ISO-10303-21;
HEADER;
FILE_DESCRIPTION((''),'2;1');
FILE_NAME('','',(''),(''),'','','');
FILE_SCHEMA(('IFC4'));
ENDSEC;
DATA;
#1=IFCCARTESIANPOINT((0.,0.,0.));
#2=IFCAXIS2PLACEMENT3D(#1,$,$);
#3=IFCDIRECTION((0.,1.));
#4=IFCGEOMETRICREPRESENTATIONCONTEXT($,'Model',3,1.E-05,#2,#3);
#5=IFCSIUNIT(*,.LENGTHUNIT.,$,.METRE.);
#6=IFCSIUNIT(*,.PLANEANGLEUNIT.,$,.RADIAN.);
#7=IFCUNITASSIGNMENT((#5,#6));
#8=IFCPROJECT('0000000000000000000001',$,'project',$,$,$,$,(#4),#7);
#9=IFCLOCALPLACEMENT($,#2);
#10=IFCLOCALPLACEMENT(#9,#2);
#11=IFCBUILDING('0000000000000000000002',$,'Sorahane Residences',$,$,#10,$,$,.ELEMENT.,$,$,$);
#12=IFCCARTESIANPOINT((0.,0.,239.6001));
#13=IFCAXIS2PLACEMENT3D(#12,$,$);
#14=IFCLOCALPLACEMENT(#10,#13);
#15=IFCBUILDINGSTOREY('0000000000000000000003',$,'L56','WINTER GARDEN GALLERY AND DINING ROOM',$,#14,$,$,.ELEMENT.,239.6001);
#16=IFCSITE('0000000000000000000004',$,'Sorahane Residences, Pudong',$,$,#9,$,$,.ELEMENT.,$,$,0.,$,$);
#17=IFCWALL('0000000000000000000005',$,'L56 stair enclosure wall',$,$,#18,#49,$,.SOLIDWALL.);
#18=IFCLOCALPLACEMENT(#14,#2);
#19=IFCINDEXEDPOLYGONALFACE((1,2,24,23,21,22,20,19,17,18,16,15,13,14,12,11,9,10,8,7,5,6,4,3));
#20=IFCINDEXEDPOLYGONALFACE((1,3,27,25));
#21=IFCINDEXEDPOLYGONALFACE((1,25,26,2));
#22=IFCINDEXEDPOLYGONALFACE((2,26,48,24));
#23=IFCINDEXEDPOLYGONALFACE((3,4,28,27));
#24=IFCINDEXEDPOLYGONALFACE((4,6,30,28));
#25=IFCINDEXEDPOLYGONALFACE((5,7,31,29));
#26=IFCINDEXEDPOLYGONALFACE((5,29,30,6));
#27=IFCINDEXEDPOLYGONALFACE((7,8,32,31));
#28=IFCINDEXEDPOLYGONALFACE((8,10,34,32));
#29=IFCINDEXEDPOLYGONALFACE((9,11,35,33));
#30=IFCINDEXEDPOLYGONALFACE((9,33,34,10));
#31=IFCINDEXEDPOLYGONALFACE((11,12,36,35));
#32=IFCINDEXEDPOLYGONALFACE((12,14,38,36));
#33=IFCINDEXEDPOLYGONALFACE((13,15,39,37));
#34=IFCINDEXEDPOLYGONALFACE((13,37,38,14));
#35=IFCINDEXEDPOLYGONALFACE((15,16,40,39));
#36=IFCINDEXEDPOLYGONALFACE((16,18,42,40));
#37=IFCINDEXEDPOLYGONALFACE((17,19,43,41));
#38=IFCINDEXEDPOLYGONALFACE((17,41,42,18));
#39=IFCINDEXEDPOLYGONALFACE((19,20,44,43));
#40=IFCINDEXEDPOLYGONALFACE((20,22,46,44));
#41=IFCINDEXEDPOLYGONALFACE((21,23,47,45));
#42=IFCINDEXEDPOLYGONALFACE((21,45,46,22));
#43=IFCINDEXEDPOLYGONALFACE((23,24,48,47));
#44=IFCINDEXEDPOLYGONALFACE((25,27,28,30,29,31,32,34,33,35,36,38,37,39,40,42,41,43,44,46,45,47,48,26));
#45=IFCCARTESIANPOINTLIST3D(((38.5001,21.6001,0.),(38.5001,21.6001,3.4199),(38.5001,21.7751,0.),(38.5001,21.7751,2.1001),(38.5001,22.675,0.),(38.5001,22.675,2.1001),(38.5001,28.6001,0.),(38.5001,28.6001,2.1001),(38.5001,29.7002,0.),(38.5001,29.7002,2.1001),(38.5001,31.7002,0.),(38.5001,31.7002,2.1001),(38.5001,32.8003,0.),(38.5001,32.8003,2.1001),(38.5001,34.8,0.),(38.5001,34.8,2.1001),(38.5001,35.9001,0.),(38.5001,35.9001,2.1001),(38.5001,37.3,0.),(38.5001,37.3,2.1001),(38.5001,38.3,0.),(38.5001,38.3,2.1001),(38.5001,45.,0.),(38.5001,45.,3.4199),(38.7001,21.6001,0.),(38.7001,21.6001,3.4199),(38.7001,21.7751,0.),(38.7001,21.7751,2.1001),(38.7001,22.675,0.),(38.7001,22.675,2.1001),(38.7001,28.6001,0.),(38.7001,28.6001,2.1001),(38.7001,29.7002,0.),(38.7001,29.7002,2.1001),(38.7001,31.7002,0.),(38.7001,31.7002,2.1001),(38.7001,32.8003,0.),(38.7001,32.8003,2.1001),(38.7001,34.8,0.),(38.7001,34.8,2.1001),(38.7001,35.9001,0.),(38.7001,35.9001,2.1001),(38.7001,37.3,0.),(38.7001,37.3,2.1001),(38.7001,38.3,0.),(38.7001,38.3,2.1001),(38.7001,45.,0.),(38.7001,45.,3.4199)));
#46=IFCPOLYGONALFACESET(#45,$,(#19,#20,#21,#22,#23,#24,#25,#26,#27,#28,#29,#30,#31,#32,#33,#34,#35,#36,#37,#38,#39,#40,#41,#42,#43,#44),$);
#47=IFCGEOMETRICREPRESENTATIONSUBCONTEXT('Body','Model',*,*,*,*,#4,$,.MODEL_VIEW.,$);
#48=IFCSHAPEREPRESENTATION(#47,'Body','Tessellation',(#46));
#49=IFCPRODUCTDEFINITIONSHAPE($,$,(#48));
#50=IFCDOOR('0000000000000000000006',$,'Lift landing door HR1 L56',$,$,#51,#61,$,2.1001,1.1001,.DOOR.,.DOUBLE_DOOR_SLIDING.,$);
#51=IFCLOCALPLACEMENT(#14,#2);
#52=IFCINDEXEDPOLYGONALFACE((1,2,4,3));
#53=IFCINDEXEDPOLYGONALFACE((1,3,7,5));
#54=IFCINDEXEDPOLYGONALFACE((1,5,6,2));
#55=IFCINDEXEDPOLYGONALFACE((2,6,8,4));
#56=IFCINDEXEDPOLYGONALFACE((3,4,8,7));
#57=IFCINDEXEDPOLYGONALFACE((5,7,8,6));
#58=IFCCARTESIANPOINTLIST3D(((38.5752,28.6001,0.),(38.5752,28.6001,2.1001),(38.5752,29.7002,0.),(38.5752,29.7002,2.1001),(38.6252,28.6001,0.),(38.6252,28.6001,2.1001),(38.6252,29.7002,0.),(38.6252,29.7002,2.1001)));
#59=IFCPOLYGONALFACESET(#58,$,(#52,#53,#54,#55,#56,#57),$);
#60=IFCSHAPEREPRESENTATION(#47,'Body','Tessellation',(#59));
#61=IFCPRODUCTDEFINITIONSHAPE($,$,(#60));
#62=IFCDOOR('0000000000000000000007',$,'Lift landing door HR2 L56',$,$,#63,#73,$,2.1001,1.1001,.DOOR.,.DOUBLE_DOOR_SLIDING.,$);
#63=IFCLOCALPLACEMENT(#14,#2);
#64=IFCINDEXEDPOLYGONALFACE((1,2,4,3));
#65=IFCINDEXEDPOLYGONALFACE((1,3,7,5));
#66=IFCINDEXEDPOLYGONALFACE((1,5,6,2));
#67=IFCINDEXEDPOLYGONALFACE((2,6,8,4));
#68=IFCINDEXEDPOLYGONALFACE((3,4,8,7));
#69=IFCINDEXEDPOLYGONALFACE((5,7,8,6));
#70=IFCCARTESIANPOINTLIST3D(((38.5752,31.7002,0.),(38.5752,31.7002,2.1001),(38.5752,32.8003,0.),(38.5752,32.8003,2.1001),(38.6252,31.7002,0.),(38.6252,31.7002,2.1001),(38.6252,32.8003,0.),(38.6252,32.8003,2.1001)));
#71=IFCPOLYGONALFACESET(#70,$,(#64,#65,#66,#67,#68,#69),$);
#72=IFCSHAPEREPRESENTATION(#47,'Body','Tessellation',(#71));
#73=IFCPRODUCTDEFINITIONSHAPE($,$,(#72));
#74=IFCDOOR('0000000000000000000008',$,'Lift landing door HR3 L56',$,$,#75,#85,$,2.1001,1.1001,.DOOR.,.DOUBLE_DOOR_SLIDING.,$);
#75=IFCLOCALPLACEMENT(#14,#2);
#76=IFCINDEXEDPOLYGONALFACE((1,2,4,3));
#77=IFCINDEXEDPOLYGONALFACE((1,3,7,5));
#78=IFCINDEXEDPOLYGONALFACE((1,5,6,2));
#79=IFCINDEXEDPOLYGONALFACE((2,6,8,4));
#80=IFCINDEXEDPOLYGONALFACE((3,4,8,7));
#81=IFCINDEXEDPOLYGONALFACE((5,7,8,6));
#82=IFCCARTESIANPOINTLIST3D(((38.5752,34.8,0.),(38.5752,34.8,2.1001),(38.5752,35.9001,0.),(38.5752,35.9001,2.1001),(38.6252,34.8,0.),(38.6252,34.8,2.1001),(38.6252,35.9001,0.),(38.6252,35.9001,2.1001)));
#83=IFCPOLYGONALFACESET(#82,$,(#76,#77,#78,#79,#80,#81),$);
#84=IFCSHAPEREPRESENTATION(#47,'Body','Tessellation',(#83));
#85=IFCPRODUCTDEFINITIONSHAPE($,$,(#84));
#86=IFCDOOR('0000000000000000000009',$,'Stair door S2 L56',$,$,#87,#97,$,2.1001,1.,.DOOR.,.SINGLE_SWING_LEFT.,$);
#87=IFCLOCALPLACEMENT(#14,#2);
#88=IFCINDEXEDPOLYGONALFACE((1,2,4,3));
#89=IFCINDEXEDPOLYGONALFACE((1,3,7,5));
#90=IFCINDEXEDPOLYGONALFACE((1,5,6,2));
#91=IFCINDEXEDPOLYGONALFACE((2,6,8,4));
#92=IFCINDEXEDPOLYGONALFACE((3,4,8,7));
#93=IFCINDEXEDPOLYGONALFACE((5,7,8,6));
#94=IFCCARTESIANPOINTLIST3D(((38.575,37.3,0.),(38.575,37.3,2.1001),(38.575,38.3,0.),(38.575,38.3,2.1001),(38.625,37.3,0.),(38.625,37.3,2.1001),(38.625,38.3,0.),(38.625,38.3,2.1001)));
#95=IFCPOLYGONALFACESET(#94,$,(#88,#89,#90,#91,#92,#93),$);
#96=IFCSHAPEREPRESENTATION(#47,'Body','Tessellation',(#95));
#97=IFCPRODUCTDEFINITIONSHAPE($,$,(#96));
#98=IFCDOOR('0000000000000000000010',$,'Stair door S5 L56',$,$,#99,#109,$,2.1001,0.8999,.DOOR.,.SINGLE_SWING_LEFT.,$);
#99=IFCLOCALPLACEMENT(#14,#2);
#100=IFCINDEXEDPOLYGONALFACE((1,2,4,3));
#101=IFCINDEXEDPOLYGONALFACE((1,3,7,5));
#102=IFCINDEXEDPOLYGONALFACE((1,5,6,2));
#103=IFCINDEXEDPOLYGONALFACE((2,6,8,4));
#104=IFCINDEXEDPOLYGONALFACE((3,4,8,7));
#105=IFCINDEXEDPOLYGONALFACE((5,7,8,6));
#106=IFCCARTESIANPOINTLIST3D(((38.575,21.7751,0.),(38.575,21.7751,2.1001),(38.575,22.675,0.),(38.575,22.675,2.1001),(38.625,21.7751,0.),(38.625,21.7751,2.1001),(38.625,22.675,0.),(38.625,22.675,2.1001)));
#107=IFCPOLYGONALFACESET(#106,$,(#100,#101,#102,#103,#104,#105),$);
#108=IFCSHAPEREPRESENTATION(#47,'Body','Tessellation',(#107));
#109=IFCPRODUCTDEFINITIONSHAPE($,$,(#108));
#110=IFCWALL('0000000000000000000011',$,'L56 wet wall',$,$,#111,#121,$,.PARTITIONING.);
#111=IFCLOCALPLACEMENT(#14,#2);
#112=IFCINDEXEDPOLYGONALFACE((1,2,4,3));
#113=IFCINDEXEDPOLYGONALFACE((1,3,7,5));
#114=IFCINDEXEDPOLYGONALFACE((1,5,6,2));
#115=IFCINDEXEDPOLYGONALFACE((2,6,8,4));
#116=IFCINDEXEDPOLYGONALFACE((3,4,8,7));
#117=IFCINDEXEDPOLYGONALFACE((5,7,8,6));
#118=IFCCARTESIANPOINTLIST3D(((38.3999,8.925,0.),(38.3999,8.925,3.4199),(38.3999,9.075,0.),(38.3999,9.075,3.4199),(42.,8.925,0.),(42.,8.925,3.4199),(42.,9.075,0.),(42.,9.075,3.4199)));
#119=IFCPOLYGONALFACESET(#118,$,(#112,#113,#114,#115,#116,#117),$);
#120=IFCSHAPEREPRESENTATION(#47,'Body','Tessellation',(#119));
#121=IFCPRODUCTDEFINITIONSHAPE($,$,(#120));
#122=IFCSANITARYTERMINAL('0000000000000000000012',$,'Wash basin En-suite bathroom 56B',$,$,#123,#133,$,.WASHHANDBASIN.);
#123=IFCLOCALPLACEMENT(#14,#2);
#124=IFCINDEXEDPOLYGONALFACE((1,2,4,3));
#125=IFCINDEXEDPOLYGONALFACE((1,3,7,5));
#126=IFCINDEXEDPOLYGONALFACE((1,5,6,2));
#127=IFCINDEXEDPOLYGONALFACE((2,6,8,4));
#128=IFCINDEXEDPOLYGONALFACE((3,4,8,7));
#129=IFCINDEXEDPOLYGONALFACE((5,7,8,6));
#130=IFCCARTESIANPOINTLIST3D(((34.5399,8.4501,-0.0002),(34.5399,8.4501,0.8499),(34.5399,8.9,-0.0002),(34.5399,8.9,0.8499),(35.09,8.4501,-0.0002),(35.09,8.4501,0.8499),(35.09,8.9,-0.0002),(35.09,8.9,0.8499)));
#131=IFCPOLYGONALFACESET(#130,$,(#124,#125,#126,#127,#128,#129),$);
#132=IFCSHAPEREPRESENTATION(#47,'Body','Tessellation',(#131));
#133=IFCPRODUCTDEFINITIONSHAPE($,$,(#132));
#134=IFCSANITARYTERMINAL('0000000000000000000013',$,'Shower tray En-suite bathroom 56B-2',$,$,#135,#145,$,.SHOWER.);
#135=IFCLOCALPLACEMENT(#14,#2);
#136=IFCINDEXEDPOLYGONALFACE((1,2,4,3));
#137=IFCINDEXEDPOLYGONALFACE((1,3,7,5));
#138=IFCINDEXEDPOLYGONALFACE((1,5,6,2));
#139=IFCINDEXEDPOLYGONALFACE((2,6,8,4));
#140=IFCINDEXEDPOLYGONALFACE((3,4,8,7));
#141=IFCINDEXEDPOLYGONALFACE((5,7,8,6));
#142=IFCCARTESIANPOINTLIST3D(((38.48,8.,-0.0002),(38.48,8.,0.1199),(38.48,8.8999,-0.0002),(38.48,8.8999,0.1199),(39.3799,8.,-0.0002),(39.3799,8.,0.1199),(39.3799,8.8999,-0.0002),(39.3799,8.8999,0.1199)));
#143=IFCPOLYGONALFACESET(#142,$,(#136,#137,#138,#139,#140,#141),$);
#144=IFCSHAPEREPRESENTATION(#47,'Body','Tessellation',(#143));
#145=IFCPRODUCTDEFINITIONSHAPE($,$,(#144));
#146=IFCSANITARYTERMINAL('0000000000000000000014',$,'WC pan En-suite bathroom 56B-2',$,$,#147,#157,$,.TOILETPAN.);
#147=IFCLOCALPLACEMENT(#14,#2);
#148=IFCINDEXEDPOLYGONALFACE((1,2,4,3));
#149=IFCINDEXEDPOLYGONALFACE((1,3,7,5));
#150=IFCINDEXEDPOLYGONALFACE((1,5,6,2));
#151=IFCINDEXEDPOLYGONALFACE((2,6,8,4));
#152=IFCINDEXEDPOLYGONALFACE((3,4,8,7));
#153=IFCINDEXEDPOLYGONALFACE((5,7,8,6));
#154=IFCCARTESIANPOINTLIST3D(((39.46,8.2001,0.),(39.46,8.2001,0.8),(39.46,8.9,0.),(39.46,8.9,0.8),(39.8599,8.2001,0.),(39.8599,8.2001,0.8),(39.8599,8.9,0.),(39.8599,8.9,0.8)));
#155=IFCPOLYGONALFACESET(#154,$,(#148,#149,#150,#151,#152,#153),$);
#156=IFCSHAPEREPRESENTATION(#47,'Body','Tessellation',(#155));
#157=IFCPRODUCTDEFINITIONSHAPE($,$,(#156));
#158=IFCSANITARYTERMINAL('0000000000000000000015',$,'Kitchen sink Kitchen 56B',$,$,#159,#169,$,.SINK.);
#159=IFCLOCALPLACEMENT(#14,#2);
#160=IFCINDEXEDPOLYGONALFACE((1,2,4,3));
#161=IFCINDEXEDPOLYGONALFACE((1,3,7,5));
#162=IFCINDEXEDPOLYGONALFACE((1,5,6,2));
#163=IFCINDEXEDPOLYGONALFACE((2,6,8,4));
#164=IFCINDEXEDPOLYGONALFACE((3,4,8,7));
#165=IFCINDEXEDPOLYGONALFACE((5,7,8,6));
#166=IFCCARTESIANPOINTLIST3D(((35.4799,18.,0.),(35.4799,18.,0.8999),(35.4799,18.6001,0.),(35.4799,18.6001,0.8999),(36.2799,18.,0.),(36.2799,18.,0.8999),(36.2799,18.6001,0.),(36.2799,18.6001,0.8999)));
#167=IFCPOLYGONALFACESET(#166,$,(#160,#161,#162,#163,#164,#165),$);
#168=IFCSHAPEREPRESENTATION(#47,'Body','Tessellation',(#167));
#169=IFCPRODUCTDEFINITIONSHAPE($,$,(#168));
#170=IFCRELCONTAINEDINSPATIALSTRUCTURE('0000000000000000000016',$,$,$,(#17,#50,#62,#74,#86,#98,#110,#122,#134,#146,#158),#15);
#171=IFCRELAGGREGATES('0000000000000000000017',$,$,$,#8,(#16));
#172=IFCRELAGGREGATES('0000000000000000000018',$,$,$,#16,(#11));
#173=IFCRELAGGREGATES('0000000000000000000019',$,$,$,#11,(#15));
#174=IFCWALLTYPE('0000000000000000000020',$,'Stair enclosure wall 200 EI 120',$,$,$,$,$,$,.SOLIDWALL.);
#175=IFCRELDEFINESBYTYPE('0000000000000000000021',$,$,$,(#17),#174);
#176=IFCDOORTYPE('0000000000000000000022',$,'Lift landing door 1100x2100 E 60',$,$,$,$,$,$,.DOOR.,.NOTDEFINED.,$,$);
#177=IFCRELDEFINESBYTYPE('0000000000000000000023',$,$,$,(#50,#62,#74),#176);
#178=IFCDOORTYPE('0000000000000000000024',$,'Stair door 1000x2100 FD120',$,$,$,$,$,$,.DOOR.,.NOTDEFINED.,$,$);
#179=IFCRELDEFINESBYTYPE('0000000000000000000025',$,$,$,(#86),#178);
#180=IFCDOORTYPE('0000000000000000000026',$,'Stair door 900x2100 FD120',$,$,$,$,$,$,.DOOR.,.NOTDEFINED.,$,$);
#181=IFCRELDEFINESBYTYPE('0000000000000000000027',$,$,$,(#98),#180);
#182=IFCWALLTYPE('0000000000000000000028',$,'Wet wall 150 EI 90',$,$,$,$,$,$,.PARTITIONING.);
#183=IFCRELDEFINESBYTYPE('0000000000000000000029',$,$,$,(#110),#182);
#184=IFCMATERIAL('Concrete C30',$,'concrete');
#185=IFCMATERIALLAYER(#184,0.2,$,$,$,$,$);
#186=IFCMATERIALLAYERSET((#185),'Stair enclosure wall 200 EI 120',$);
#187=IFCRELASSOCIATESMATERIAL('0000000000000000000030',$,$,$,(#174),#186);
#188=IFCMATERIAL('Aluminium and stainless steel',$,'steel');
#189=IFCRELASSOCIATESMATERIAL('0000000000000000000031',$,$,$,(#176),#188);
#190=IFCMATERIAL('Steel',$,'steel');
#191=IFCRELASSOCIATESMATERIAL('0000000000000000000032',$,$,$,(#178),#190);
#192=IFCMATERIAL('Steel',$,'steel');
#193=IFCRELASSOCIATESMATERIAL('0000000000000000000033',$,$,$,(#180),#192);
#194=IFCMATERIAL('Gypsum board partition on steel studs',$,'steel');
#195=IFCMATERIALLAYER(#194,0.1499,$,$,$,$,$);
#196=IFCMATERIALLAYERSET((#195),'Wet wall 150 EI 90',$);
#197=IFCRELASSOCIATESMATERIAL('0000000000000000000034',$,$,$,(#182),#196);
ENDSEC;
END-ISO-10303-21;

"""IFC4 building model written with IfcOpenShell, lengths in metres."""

from ifc_helpers import new_model, si_unit, direction, frame, frame_2d, origin, origin_2d, place, context, subcontext, project, spatial, rectangle, extrude, material, layer, layer_set, type_object, element, fill, save


model = new_model("IFC4")

# Units and contexts
model_context = context("Model", 3, precision=1e-05, world=origin(), true_north=direction((0.0, 1.0)))
body_context = subcontext(model_context, "Body", "Model", "MODEL_VIEW")
ifc_project = project(units=[si_unit("LENGTHUNIT", "METRE"), si_unit("PLANEANGLEUNIT", "RADIAN")], contexts=[model_context])

# Site, building, storey
site_placement = place(None, origin())
site = spatial("IfcSite", under=ifc_project, at=site_placement, Name="Sorahane Residences, Pudong", CompositionType="ELEMENT", RefElevation=0.0)
building_placement = place(site_placement, origin())
building = spatial("IfcBuilding", under=site, at=building_placement, Name="Sorahane Residences", CompositionType="ELEMENT")
storey_placement = place(building_placement, frame((0.0, 0.0, 239.6001)))
storey = spatial("IfcBuildingStorey", under=building, at=storey_placement, Name="L56", Description="WINTER GARDEN GALLERY AND DINING ROOM", CompositionType="ELEMENT", Elevation=239.6001)

# Wall, openings, doors
ifc_material_1 = material(Name="Concrete C30", Category="concrete")
ifc_layer_1 = layer(ifc_material_1, 0.2)
ifc_layer_set_1 = layer_set([ifc_layer_1], Name="Stair enclosure wall 200 EI 120")
wall_type_1 = type_object("IfcWallType", Name="Stair enclosure wall 200 EI 120", PredefinedType="SOLIDWALL", material=ifc_layer_set_1)
wall_1_placement = place(storey_placement, frame((38.6001, 21.6001, 0.0), z_axis=(0.0, 0.0, 1.0), x_axis=(0.0, 1.0, 0.0)))
wall_1 = element("IfcWall", 1, at=wall_1_placement, inside=storey, type_object=wall_type_1, Name="L56 stair enclosure wall", PredefinedType="SOLIDWALL", context=body_context, shape_type="SweptSolid", body=[
    extrude(rectangle(XDim=23.3999, YDim=0.2, at=frame_2d((11.7, 0.0))), origin(), (0.0, 0.0, 1.0), 3.4199),
])
opening_1_placement = place(wall_1_placement, frame((7.0, 0.0, 0.0)))
opening_1 = element("IfcOpeningElement", 2, at=opening_1_placement, cuts=wall_1, PredefinedType="OPENING", context=body_context, shape_type="SweptSolid", body=[
    extrude(rectangle(XDim=1.1001, YDim=2.1001, at=frame_2d((0.55, 1.05))), frame((0.0, 0.1099, 0.0), z_axis=(0.0, -1.0, 0.0), x_axis=(1.0, 0.0, 0.0)), (0.0, 0.0, 1.0), 0.22),
])
opening_2_placement = place(wall_1_placement, frame((10.1001, 0.0, 0.0)))
opening_2 = element("IfcOpeningElement", 3, at=opening_2_placement, cuts=wall_1, PredefinedType="OPENING", context=body_context, shape_type="SweptSolid", body=[
    extrude(rectangle(XDim=1.1001, YDim=2.1001, at=frame_2d((0.55, 1.05))), frame((0.0, 0.1099, 0.0), z_axis=(0.0, -1.0, 0.0), x_axis=(1.0, 0.0, 0.0)), (0.0, 0.0, 1.0), 0.22),
])
opening_3_placement = place(wall_1_placement, frame((13.2, 0.0, 0.0)))
opening_3 = element("IfcOpeningElement", 4, at=opening_3_placement, cuts=wall_1, PredefinedType="OPENING", context=body_context, shape_type="SweptSolid", body=[
    extrude(rectangle(XDim=1.1001, YDim=2.1001, at=frame_2d((0.55, 1.05))), frame((0.0, 0.1099, 0.0), z_axis=(0.0, -1.0, 0.0), x_axis=(1.0, 0.0, 0.0)), (0.0, 0.0, 1.0), 0.22),
])
opening_4_placement = place(wall_1_placement, frame((15.7, 0.0, 0.0)))
opening_4 = element("IfcOpeningElement", 5, at=opening_4_placement, cuts=wall_1, PredefinedType="OPENING", context=body_context, shape_type="SweptSolid", body=[
    extrude(rectangle(XDim=1.0, YDim=2.1001, at=frame_2d((0.5, 1.05))), frame((0.0, 0.1099, 0.0), z_axis=(0.0, -1.0, 0.0), x_axis=(1.0, 0.0, 0.0)), (0.0, 0.0, 1.0), 0.22),
])
opening_5_placement = place(wall_1_placement, frame((0.175, 0.0, 0.0)))
opening_5 = element("IfcOpeningElement", 6, at=opening_5_placement, cuts=wall_1, PredefinedType="OPENING", context=body_context, shape_type="SweptSolid", body=[
    extrude(rectangle(XDim=0.8999, YDim=2.1001, at=frame_2d((0.45, 1.05))), frame((0.0, 0.1099, 0.0), z_axis=(0.0, -1.0, 0.0), x_axis=(1.0, 0.0, 0.0)), (0.0, 0.0, 1.0), 0.22),
])
ifc_material_2 = material(Name="Aluminium and stainless steel", Category="steel")
door_type_1 = type_object("IfcDoorType", Name="Lift landing door 1100x2100 E 60", OperationType="NOTDEFINED", PredefinedType="DOOR", material=ifc_material_2)
door_1_placement = place(opening_1_placement, origin())
door_1 = element("IfcDoor", 7, at=door_1_placement, inside=storey, type_object=door_type_1, Name="Lift landing door HR1 L56", OperationType="DOUBLE_DOOR_SLIDING", OverallHeight=2.1001, OverallWidth=1.1001, PredefinedType="DOOR", context=body_context, shape_type="SweptSolid", body=[
    extrude(rectangle(XDim=1.1001, YDim=2.1001, at=frame_2d((0.55, 1.05))), frame((0.0, 0.0249, 0.0), z_axis=(0.0, -1.0, 0.0), x_axis=(1.0, 0.0, 0.0)), (0.0, 0.0, 1.0), 0.05),
])
fill(opening_1, door_1)
door_2_placement = place(opening_2_placement, origin())
door_2 = element("IfcDoor", 8, at=door_2_placement, inside=storey, type_object=door_type_1, Name="Lift landing door HR2 L56", OperationType="DOUBLE_DOOR_SLIDING", OverallHeight=2.1001, OverallWidth=1.1001, PredefinedType="DOOR", context=body_context, shape_type="SweptSolid", body=[
    extrude(rectangle(XDim=1.1001, YDim=2.1001, at=frame_2d((0.55, 1.05))), frame((0.0, 0.0249, 0.0), z_axis=(0.0, -1.0, 0.0), x_axis=(1.0, 0.0, 0.0)), (0.0, 0.0, 1.0), 0.05),
])
fill(opening_2, door_2)
door_3_placement = place(opening_3_placement, origin())
door_3 = element("IfcDoor", 9, at=door_3_placement, inside=storey, type_object=door_type_1, Name="Lift landing door HR3 L56", OperationType="DOUBLE_DOOR_SLIDING", OverallHeight=2.1001, OverallWidth=1.1001, PredefinedType="DOOR", context=body_context, shape_type="SweptSolid", body=[
    extrude(rectangle(XDim=1.1001, YDim=2.1001, at=frame_2d((0.55, 1.05))), frame((0.0, 0.0249, 0.0), z_axis=(0.0, -1.0, 0.0), x_axis=(1.0, 0.0, 0.0)), (0.0, 0.0, 1.0), 0.05),
])
fill(opening_3, door_3)
ifc_material_3 = material(Name="Steel", Category="steel")
door_type_2 = type_object("IfcDoorType", Name="Stair door 1000x2100 FD120", OperationType="NOTDEFINED", PredefinedType="DOOR", material=ifc_material_3)
door_4_placement = place(opening_4_placement, frame((1.0, 0.0, 0.0), z_axis=(0.0, 0.0, 1.0), x_axis=(-1.0, 0.0, 0.0)))
door_4 = element("IfcDoor", 10, at=door_4_placement, inside=storey, type_object=door_type_2, Name="Stair door S2 L56", OperationType="SINGLE_SWING_LEFT", OverallHeight=2.1001, OverallWidth=1.0, PredefinedType="DOOR", context=body_context, shape_type="SweptSolid", body=[
    extrude(rectangle(XDim=1.0, YDim=2.1001, at=frame_2d((0.5, 1.05))), frame((0.0, 0.0249, 0.0), z_axis=(0.0, -1.0, 0.0), x_axis=(1.0, 0.0, 0.0)), (0.0, 0.0, 1.0), 0.05),
])
fill(opening_4, door_4)
ifc_material_4 = material(Name="Steel", Category="steel")
door_type_3 = type_object("IfcDoorType", Name="Stair door 900x2100 FD120", OperationType="NOTDEFINED", PredefinedType="DOOR", material=ifc_material_4)
door_5_placement = place(opening_5_placement, frame((0.8999, 0.0, 0.0), z_axis=(0.0, 0.0, 1.0), x_axis=(-1.0, 0.0, 0.0)))
door_5 = element("IfcDoor", 11, at=door_5_placement, inside=storey, type_object=door_type_3, Name="Stair door S5 L56", OperationType="SINGLE_SWING_LEFT", OverallHeight=2.1001, OverallWidth=0.8999, PredefinedType="DOOR", context=body_context, shape_type="SweptSolid", body=[
    extrude(rectangle(XDim=0.8999, YDim=2.1001, at=frame_2d((0.45, 1.05))), frame((0.0, 0.0249, 0.0), z_axis=(0.0, -1.0, 0.0), x_axis=(1.0, 0.0, 0.0)), (0.0, 0.0, 1.0), 0.05),
])
fill(opening_5, door_5)

# Shared definitions
ifc_material_5 = material(Name="Gypsum board partition on steel studs", Category="steel")
ifc_layer_2 = layer(ifc_material_5, 0.1499)
ifc_layer_set_2 = layer_set([ifc_layer_2], Name="Wet wall 150 EI 90")
wall_type_2 = type_object("IfcWallType", Name="Wet wall 150 EI 90", PredefinedType="PARTITIONING", material=ifc_layer_set_2)

# Wall
wall_2_placement = place(storey_placement, frame((38.3999, 9.0, 0.0), z_axis=(0.0, 0.0, 1.0), x_axis=(1.0, 0.0, 0.0)))
element("IfcWall", 12, at=wall_2_placement, inside=storey, type_object=wall_type_2, Name="L56 wet wall", PredefinedType="PARTITIONING", context=body_context, shape_type="SweptSolid", body=[
    extrude(rectangle(XDim=3.6001, YDim=0.1499, at=frame_2d((1.8, 0.0))), origin(), (0.0, 0.0, 1.0), 3.4199),
])

# Sanitary terminals
sanitary_terminal_1_placement = place(storey_placement, frame((34.8149, 8.675, -0.0002), z_axis=(0.0, 0.0, 1.0), x_axis=(1.0, 0.0, 0.0)))
element("IfcSanitaryTerminal", 13, at=sanitary_terminal_1_placement, inside=storey, Name="Wash basin En-suite bathroom 56B", PredefinedType="WASHHANDBASIN", context=body_context, shape_type="SweptSolid", body=[
    extrude(rectangle(XDim=0.55, YDim=0.45, at=origin_2d()), origin(), (0.0, 0.0, 1.0), 0.8501),
])
sanitary_terminal_2_placement = place(storey_placement, frame((38.9299, 8.45, -0.0002), z_axis=(0.0, 0.0, 1.0), x_axis=(1.0, 0.0, 0.0)))
element("IfcSanitaryTerminal", 14, at=sanitary_terminal_2_placement, inside=storey, Name="Shower tray En-suite bathroom 56B-2", PredefinedType="SHOWER", context=body_context, shape_type="SweptSolid", body=[
    extrude(rectangle(XDim=0.8999, YDim=0.8999, at=origin_2d()), origin(), (0.0, 0.0, 1.0), 0.1201),
])
sanitary_terminal_3_placement = place(storey_placement, frame((39.6599, 8.55, 0.0), z_axis=(0.0, 0.0, 1.0), x_axis=(1.0, 0.0, 0.0)))
element("IfcSanitaryTerminal", 15, at=sanitary_terminal_3_placement, inside=storey, Name="WC pan En-suite bathroom 56B-2", PredefinedType="TOILETPAN", context=body_context, shape_type="SweptSolid", body=[
    extrude(rectangle(XDim=0.3999, YDim=0.7, at=origin_2d()), origin(), (0.0, 0.0, 1.0), 0.8),
])
sanitary_terminal_4_placement = place(storey_placement, frame((35.8799, 18.3, 0.0), z_axis=(0.0, 0.0, 1.0), x_axis=(1.0, 0.0, 0.0)))
element("IfcSanitaryTerminal", 16, at=sanitary_terminal_4_placement, inside=storey, Name="Kitchen sink Kitchen 56B", PredefinedType="SINK", context=body_context, shape_type="SweptSolid", body=[
    extrude(rectangle(XDim=0.8, YDim=0.6001, at=origin_2d()), origin(), (0.0, 0.0, 1.0), 0.8999),
])

save(model, "model.ifc")
